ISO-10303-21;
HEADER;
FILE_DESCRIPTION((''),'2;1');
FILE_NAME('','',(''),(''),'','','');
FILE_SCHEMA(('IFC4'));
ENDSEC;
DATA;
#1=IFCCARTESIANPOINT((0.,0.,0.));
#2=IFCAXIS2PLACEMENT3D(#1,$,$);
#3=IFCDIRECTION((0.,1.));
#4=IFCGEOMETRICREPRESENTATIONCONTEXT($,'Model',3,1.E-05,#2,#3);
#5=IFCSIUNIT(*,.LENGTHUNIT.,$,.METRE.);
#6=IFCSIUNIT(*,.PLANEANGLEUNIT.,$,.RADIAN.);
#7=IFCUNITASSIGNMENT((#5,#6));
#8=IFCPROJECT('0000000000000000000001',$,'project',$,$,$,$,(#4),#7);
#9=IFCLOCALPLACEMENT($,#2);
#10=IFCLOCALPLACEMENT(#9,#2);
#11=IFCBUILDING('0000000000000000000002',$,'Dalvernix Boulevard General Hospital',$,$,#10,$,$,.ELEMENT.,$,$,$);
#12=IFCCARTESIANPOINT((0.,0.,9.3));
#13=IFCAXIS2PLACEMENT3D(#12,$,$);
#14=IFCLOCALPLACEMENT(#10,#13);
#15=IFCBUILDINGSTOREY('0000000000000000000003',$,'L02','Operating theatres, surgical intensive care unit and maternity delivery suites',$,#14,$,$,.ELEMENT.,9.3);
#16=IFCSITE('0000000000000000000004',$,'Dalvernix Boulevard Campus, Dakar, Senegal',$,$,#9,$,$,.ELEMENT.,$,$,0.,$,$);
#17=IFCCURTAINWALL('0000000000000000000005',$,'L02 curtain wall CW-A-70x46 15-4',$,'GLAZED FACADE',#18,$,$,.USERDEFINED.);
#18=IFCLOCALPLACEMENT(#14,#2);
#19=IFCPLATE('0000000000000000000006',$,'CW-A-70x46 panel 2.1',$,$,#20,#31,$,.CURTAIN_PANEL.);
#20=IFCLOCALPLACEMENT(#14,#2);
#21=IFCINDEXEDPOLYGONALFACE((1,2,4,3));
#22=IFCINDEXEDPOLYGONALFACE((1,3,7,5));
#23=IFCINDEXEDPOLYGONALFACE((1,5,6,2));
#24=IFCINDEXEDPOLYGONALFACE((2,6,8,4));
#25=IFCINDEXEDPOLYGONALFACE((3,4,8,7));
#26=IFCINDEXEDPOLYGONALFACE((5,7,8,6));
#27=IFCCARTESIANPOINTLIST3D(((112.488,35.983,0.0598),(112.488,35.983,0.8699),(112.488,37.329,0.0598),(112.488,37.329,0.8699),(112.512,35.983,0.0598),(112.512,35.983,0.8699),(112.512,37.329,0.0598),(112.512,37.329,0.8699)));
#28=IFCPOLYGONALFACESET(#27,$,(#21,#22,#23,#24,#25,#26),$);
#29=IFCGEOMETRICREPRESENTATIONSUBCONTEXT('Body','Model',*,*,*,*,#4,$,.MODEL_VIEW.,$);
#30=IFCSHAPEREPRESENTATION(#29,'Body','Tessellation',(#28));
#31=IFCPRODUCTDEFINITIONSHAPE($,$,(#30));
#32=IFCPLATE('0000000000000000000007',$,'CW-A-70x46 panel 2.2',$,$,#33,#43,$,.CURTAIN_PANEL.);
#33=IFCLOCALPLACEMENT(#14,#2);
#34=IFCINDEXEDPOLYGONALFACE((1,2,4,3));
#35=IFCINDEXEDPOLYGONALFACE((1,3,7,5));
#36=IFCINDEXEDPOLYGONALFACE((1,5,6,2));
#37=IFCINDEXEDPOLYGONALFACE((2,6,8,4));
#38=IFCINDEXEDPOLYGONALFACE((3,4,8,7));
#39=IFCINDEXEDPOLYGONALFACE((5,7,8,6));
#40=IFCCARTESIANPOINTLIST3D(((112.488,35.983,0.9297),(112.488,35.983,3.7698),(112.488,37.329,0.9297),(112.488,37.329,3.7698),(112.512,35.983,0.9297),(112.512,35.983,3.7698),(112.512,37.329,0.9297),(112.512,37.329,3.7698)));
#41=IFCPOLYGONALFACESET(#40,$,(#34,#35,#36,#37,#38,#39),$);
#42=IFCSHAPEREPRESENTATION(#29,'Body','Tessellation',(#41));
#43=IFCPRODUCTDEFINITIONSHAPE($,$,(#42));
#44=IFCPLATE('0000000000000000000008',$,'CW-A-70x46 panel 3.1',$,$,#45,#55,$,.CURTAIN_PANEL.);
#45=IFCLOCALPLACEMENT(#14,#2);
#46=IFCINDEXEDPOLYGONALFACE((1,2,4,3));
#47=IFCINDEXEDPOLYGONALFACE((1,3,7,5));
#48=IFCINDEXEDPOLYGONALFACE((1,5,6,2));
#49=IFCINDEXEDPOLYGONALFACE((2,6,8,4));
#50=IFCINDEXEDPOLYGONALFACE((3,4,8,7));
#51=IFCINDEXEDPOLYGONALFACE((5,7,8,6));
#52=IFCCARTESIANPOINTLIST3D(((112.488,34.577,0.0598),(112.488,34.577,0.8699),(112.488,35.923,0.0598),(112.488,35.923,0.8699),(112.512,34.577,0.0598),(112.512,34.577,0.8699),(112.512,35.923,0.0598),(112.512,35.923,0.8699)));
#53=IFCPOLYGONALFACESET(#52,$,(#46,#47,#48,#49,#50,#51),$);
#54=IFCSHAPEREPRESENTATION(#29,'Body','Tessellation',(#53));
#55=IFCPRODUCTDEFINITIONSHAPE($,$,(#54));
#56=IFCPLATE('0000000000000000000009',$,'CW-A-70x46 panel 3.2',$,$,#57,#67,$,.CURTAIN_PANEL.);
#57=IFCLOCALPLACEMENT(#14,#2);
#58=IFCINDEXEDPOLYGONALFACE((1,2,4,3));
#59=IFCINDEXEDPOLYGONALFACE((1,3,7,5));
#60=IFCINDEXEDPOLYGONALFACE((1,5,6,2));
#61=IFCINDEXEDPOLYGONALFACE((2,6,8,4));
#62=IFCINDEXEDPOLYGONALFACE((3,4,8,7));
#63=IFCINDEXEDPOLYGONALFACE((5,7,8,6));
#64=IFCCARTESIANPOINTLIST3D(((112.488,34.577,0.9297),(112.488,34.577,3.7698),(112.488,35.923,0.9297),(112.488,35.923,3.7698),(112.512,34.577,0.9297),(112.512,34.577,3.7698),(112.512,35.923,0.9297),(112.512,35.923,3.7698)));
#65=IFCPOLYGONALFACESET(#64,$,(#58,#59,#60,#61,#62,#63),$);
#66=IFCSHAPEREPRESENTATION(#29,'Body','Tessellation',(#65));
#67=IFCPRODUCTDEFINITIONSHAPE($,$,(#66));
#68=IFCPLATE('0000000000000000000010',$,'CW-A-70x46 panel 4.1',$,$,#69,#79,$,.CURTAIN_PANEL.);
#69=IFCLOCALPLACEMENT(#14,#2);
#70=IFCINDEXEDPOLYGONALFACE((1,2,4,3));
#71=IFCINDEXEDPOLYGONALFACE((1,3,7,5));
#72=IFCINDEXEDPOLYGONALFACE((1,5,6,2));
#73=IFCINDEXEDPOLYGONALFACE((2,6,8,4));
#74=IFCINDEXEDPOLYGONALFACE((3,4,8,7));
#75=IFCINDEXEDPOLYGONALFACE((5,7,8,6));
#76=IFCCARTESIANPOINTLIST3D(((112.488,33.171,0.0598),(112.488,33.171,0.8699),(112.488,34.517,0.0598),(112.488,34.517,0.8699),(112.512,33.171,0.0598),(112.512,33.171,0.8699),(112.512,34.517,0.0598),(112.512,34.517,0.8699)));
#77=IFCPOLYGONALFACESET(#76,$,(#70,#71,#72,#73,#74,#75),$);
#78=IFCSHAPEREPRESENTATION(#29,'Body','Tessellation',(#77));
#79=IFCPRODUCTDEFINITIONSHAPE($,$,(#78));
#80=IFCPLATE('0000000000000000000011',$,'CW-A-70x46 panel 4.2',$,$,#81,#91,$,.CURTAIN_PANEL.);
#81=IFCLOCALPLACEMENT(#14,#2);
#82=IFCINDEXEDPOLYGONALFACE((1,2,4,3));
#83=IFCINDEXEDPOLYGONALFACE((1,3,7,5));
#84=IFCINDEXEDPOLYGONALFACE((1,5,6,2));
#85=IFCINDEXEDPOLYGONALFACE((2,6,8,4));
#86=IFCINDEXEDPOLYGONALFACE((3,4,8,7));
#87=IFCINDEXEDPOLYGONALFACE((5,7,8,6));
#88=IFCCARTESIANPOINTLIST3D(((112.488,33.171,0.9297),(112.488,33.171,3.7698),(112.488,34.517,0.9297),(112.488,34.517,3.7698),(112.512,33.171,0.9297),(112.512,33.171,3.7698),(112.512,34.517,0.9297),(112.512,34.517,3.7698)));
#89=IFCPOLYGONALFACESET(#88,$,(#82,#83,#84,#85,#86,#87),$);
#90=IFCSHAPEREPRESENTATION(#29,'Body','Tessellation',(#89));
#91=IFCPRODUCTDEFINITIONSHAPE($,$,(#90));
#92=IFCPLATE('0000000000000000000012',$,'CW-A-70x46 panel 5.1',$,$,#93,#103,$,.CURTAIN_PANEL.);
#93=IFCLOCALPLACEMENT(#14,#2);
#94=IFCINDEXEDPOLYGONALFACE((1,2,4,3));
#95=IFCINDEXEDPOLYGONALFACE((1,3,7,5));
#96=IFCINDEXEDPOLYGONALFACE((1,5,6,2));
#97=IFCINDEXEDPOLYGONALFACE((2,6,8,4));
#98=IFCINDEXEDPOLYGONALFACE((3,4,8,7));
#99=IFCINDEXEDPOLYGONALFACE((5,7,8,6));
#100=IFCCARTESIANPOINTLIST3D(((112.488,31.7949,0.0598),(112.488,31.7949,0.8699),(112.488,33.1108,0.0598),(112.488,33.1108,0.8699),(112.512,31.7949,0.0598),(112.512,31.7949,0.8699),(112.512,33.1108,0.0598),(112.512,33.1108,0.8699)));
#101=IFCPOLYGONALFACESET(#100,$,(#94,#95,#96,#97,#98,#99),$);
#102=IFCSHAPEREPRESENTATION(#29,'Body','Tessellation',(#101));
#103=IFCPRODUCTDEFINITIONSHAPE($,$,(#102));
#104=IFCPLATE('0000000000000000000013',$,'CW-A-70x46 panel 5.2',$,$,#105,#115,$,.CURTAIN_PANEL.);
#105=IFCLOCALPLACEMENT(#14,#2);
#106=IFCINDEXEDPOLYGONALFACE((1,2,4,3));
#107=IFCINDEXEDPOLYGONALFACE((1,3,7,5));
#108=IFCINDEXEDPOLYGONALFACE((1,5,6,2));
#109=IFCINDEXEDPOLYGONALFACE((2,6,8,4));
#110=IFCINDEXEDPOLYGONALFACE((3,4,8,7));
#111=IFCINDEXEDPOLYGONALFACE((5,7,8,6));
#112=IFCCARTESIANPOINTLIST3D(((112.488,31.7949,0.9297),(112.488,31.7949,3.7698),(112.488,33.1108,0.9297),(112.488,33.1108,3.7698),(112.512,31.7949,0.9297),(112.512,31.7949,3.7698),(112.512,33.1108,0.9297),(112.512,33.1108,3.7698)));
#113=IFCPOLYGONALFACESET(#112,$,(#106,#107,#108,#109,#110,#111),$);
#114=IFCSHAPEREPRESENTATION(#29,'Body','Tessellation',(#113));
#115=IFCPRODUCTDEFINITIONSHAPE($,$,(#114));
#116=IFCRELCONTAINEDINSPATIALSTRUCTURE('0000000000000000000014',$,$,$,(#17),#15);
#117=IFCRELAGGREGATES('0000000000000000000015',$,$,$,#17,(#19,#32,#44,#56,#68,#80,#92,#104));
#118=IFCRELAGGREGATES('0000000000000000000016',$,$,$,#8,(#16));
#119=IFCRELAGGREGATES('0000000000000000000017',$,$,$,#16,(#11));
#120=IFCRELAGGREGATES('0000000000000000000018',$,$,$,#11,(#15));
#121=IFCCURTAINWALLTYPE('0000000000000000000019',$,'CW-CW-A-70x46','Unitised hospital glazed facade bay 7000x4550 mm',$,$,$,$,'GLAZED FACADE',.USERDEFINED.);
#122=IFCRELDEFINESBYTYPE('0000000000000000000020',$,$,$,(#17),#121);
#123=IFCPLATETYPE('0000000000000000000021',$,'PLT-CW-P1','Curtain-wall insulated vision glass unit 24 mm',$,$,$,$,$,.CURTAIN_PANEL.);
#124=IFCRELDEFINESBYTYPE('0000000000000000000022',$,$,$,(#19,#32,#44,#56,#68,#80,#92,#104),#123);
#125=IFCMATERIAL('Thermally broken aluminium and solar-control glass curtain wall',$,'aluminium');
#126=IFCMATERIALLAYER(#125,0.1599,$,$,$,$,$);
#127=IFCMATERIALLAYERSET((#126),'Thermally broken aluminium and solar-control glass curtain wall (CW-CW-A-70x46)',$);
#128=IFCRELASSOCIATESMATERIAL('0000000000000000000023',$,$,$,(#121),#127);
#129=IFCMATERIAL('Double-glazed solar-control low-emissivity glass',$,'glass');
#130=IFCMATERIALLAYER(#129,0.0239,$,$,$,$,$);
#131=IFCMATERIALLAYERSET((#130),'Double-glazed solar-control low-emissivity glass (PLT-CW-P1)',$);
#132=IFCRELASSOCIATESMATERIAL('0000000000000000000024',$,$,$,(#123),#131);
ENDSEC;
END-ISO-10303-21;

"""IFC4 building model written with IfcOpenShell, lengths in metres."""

from ifc_helpers import new_model, si_unit, direction, frame, origin, origin_2d, place, context, subcontext, project, spatial, rectangle, extrude, material, layer, layer_set, type_object, element, aggregate, save


model = new_model("IFC4")

# Units and contexts
model_context = context("Model", 3, precision=1e-05, world=origin(), true_north=direction((0.0, 1.0)))
body_context = subcontext(model_context, "Body", "Model", "MODEL_VIEW")
ifc_project = project(units=[si_unit("LENGTHUNIT", "METRE"), si_unit("PLANEANGLEUNIT", "RADIAN")], contexts=[model_context])

# Site, building, storey
site_placement = place(None, origin())
site = spatial("IfcSite", under=ifc_project, at=site_placement, Name="Dalvernix Boulevard Campus, Dakar, Senegal", CompositionType="ELEMENT", RefElevation=0.0)
building_placement = place(site_placement, origin())
building = spatial("IfcBuilding", under=site, at=building_placement, Name="Dalvernix Boulevard General Hospital", CompositionType="ELEMENT")
storey_placement = place(building_placement, frame((0.0, 0.0, 9.3)))
storey = spatial("IfcBuildingStorey", under=building, at=storey_placement, Name="L02", Description="Operating theatres, surgical intensive care unit and maternity delivery suites", CompositionType="ELEMENT", Elevation=9.3)

# Curtain wall, plates
ifc_material_1 = material(Name="Thermally broken aluminium and solar-control glass curtain wall", Category="aluminium")
ifc_layer_1 = layer(ifc_material_1, 0.1599)
ifc_layer_set_1 = layer_set([ifc_layer_1], Name="Thermally broken aluminium and solar-control glass curtain wall (CW-CW-A-70x46)")
curtain_wall_type = type_object("IfcCurtainWallType", Name="CW-CW-A-70x46", Description="Unitised hospital glazed facade bay 7000x4550 mm", ElementType="GLAZED FACADE", PredefinedType="USERDEFINED", material=ifc_layer_set_1)
curtain_wall_placement = place(storey_placement, origin())
curtain_wall = element("IfcCurtainWall", 1, at=curtain_wall_placement, inside=storey, type_object=curtain_wall_type, Name="L02 curtain wall CW-A-70x46 15-4", ObjectType="GLAZED FACADE", PredefinedType="USERDEFINED")
ifc_material_2 = material(Name="Double-glazed solar-control low-emissivity glass", Category="glass")
ifc_layer_2 = layer(ifc_material_2, 0.0239)
ifc_layer_set_2 = layer_set([ifc_layer_2], Name="Double-glazed solar-control low-emissivity glass (PLT-CW-P1)")
plate_type = type_object("IfcPlateType", Name="PLT-CW-P1", Description="Curtain-wall insulated vision glass unit 24 mm", PredefinedType="CURTAIN_PANEL", material=ifc_layer_set_2)
plate_1_placement = place(storey_placement, frame((112.5, 36.656, 0.0598), z_axis=(0.0, 0.0, 1.0), x_axis=(0.0, -1.0, 0.0)))
plate_1 = element("IfcPlate", 2, at=plate_1_placement, type_object=plate_type, Name="CW-A-70x46 panel 2.1", PredefinedType="CURTAIN_PANEL", context=body_context, shape_type="SweptSolid", body=[
    extrude(rectangle(XDim=1.3459, YDim=0.0239, at=origin_2d()), origin(), (0.0, 0.0, 1.0), 0.8101),
])
plate_2_placement = place(storey_placement, frame((112.5, 36.656, 0.9297), z_axis=(0.0, 0.0, 1.0), x_axis=(0.0, -1.0, 0.0)))
plate_2 = element("IfcPlate", 3, at=plate_2_placement, type_object=plate_type, Name="CW-A-70x46 panel 2.2", PredefinedType="CURTAIN_PANEL", context=body_context, shape_type="SweptSolid", body=[
    extrude(rectangle(XDim=1.3459, YDim=0.0239, at=origin_2d()), origin(), (0.0, 0.0, 1.0), 2.8401),
])
plate_3_placement = place(storey_placement, frame((112.5, 35.25, 0.0598), z_axis=(0.0, 0.0, 1.0), x_axis=(0.0, -1.0, 0.0)))
plate_3 = element("IfcPlate", 4, at=plate_3_placement, type_object=plate_type, Name="CW-A-70x46 panel 3.1", PredefinedType="CURTAIN_PANEL", context=body_context, shape_type="SweptSolid", body=[
    extrude(rectangle(XDim=1.3459, YDim=0.0239, at=origin_2d()), origin(), (0.0, 0.0, 1.0), 0.8101),
])
plate_4_placement = place(storey_placement, frame((112.5, 35.25, 0.9297), z_axis=(0.0, 0.0, 1.0), x_axis=(0.0, -1.0, 0.0)))
plate_4 = element("IfcPlate", 5, at=plate_4_placement, type_object=plate_type, Name="CW-A-70x46 panel 3.2", PredefinedType="CURTAIN_PANEL", context=body_context, shape_type="SweptSolid", body=[
    extrude(rectangle(XDim=1.3459, YDim=0.0239, at=origin_2d()), origin(), (0.0, 0.0, 1.0), 2.8401),
])
plate_5_placement = place(storey_placement, frame((112.5, 33.844, 0.0598), z_axis=(0.0, 0.0, 1.0), x_axis=(0.0, -1.0, 0.0)))
plate_5 = element("IfcPlate", 6, at=plate_5_placement, type_object=plate_type, Name="CW-A-70x46 panel 4.1", PredefinedType="CURTAIN_PANEL", context=body_context, shape_type="SweptSolid", body=[
    extrude(rectangle(XDim=1.3459, YDim=0.0239, at=origin_2d()), origin(), (0.0, 0.0, 1.0), 0.8101),
])
plate_6_placement = place(storey_placement, frame((112.5, 33.844, 0.9297), z_axis=(0.0, 0.0, 1.0), x_axis=(0.0, -1.0, 0.0)))
plate_6 = element("IfcPlate", 7, at=plate_6_placement, type_object=plate_type, Name="CW-A-70x46 panel 4.2", PredefinedType="CURTAIN_PANEL", context=body_context, shape_type="SweptSolid", body=[
    extrude(rectangle(XDim=1.3459, YDim=0.0239, at=origin_2d()), origin(), (0.0, 0.0, 1.0), 2.8401),
])
plate_7_placement = place(storey_placement, frame((112.5, 32.4529, 0.0598), z_axis=(0.0, 0.0, 1.0), x_axis=(0.0, -1.0, 0.0)))
plate_7 = element("IfcPlate", 8, at=plate_7_placement, type_object=plate_type, Name="CW-A-70x46 panel 5.1", PredefinedType="CURTAIN_PANEL", context=body_context, shape_type="SweptSolid", body=[
    extrude(rectangle(XDim=1.3159, YDim=0.0239, at=origin_2d()), origin(), (0.0, 0.0, 1.0), 0.8101),
])
plate_8_placement = place(storey_placement, frame((112.5, 32.4529, 0.9297), z_axis=(0.0, 0.0, 1.0), x_axis=(0.0, -1.0, 0.0)))
plate_8 = element("IfcPlate", 9, at=plate_8_placement, type_object=plate_type, Name="CW-A-70x46 panel 5.2", PredefinedType="CURTAIN_PANEL", context=body_context, shape_type="SweptSolid", body=[
    extrude(rectangle(XDim=1.3159, YDim=0.0239, at=origin_2d()), origin(), (0.0, 0.0, 1.0), 2.8401),
])
aggregate(curtain_wall, [plate_1, plate_2, plate_3, plate_4, plate_5, plate_6, plate_7, plate_8])

save(model, "model.ifc")
